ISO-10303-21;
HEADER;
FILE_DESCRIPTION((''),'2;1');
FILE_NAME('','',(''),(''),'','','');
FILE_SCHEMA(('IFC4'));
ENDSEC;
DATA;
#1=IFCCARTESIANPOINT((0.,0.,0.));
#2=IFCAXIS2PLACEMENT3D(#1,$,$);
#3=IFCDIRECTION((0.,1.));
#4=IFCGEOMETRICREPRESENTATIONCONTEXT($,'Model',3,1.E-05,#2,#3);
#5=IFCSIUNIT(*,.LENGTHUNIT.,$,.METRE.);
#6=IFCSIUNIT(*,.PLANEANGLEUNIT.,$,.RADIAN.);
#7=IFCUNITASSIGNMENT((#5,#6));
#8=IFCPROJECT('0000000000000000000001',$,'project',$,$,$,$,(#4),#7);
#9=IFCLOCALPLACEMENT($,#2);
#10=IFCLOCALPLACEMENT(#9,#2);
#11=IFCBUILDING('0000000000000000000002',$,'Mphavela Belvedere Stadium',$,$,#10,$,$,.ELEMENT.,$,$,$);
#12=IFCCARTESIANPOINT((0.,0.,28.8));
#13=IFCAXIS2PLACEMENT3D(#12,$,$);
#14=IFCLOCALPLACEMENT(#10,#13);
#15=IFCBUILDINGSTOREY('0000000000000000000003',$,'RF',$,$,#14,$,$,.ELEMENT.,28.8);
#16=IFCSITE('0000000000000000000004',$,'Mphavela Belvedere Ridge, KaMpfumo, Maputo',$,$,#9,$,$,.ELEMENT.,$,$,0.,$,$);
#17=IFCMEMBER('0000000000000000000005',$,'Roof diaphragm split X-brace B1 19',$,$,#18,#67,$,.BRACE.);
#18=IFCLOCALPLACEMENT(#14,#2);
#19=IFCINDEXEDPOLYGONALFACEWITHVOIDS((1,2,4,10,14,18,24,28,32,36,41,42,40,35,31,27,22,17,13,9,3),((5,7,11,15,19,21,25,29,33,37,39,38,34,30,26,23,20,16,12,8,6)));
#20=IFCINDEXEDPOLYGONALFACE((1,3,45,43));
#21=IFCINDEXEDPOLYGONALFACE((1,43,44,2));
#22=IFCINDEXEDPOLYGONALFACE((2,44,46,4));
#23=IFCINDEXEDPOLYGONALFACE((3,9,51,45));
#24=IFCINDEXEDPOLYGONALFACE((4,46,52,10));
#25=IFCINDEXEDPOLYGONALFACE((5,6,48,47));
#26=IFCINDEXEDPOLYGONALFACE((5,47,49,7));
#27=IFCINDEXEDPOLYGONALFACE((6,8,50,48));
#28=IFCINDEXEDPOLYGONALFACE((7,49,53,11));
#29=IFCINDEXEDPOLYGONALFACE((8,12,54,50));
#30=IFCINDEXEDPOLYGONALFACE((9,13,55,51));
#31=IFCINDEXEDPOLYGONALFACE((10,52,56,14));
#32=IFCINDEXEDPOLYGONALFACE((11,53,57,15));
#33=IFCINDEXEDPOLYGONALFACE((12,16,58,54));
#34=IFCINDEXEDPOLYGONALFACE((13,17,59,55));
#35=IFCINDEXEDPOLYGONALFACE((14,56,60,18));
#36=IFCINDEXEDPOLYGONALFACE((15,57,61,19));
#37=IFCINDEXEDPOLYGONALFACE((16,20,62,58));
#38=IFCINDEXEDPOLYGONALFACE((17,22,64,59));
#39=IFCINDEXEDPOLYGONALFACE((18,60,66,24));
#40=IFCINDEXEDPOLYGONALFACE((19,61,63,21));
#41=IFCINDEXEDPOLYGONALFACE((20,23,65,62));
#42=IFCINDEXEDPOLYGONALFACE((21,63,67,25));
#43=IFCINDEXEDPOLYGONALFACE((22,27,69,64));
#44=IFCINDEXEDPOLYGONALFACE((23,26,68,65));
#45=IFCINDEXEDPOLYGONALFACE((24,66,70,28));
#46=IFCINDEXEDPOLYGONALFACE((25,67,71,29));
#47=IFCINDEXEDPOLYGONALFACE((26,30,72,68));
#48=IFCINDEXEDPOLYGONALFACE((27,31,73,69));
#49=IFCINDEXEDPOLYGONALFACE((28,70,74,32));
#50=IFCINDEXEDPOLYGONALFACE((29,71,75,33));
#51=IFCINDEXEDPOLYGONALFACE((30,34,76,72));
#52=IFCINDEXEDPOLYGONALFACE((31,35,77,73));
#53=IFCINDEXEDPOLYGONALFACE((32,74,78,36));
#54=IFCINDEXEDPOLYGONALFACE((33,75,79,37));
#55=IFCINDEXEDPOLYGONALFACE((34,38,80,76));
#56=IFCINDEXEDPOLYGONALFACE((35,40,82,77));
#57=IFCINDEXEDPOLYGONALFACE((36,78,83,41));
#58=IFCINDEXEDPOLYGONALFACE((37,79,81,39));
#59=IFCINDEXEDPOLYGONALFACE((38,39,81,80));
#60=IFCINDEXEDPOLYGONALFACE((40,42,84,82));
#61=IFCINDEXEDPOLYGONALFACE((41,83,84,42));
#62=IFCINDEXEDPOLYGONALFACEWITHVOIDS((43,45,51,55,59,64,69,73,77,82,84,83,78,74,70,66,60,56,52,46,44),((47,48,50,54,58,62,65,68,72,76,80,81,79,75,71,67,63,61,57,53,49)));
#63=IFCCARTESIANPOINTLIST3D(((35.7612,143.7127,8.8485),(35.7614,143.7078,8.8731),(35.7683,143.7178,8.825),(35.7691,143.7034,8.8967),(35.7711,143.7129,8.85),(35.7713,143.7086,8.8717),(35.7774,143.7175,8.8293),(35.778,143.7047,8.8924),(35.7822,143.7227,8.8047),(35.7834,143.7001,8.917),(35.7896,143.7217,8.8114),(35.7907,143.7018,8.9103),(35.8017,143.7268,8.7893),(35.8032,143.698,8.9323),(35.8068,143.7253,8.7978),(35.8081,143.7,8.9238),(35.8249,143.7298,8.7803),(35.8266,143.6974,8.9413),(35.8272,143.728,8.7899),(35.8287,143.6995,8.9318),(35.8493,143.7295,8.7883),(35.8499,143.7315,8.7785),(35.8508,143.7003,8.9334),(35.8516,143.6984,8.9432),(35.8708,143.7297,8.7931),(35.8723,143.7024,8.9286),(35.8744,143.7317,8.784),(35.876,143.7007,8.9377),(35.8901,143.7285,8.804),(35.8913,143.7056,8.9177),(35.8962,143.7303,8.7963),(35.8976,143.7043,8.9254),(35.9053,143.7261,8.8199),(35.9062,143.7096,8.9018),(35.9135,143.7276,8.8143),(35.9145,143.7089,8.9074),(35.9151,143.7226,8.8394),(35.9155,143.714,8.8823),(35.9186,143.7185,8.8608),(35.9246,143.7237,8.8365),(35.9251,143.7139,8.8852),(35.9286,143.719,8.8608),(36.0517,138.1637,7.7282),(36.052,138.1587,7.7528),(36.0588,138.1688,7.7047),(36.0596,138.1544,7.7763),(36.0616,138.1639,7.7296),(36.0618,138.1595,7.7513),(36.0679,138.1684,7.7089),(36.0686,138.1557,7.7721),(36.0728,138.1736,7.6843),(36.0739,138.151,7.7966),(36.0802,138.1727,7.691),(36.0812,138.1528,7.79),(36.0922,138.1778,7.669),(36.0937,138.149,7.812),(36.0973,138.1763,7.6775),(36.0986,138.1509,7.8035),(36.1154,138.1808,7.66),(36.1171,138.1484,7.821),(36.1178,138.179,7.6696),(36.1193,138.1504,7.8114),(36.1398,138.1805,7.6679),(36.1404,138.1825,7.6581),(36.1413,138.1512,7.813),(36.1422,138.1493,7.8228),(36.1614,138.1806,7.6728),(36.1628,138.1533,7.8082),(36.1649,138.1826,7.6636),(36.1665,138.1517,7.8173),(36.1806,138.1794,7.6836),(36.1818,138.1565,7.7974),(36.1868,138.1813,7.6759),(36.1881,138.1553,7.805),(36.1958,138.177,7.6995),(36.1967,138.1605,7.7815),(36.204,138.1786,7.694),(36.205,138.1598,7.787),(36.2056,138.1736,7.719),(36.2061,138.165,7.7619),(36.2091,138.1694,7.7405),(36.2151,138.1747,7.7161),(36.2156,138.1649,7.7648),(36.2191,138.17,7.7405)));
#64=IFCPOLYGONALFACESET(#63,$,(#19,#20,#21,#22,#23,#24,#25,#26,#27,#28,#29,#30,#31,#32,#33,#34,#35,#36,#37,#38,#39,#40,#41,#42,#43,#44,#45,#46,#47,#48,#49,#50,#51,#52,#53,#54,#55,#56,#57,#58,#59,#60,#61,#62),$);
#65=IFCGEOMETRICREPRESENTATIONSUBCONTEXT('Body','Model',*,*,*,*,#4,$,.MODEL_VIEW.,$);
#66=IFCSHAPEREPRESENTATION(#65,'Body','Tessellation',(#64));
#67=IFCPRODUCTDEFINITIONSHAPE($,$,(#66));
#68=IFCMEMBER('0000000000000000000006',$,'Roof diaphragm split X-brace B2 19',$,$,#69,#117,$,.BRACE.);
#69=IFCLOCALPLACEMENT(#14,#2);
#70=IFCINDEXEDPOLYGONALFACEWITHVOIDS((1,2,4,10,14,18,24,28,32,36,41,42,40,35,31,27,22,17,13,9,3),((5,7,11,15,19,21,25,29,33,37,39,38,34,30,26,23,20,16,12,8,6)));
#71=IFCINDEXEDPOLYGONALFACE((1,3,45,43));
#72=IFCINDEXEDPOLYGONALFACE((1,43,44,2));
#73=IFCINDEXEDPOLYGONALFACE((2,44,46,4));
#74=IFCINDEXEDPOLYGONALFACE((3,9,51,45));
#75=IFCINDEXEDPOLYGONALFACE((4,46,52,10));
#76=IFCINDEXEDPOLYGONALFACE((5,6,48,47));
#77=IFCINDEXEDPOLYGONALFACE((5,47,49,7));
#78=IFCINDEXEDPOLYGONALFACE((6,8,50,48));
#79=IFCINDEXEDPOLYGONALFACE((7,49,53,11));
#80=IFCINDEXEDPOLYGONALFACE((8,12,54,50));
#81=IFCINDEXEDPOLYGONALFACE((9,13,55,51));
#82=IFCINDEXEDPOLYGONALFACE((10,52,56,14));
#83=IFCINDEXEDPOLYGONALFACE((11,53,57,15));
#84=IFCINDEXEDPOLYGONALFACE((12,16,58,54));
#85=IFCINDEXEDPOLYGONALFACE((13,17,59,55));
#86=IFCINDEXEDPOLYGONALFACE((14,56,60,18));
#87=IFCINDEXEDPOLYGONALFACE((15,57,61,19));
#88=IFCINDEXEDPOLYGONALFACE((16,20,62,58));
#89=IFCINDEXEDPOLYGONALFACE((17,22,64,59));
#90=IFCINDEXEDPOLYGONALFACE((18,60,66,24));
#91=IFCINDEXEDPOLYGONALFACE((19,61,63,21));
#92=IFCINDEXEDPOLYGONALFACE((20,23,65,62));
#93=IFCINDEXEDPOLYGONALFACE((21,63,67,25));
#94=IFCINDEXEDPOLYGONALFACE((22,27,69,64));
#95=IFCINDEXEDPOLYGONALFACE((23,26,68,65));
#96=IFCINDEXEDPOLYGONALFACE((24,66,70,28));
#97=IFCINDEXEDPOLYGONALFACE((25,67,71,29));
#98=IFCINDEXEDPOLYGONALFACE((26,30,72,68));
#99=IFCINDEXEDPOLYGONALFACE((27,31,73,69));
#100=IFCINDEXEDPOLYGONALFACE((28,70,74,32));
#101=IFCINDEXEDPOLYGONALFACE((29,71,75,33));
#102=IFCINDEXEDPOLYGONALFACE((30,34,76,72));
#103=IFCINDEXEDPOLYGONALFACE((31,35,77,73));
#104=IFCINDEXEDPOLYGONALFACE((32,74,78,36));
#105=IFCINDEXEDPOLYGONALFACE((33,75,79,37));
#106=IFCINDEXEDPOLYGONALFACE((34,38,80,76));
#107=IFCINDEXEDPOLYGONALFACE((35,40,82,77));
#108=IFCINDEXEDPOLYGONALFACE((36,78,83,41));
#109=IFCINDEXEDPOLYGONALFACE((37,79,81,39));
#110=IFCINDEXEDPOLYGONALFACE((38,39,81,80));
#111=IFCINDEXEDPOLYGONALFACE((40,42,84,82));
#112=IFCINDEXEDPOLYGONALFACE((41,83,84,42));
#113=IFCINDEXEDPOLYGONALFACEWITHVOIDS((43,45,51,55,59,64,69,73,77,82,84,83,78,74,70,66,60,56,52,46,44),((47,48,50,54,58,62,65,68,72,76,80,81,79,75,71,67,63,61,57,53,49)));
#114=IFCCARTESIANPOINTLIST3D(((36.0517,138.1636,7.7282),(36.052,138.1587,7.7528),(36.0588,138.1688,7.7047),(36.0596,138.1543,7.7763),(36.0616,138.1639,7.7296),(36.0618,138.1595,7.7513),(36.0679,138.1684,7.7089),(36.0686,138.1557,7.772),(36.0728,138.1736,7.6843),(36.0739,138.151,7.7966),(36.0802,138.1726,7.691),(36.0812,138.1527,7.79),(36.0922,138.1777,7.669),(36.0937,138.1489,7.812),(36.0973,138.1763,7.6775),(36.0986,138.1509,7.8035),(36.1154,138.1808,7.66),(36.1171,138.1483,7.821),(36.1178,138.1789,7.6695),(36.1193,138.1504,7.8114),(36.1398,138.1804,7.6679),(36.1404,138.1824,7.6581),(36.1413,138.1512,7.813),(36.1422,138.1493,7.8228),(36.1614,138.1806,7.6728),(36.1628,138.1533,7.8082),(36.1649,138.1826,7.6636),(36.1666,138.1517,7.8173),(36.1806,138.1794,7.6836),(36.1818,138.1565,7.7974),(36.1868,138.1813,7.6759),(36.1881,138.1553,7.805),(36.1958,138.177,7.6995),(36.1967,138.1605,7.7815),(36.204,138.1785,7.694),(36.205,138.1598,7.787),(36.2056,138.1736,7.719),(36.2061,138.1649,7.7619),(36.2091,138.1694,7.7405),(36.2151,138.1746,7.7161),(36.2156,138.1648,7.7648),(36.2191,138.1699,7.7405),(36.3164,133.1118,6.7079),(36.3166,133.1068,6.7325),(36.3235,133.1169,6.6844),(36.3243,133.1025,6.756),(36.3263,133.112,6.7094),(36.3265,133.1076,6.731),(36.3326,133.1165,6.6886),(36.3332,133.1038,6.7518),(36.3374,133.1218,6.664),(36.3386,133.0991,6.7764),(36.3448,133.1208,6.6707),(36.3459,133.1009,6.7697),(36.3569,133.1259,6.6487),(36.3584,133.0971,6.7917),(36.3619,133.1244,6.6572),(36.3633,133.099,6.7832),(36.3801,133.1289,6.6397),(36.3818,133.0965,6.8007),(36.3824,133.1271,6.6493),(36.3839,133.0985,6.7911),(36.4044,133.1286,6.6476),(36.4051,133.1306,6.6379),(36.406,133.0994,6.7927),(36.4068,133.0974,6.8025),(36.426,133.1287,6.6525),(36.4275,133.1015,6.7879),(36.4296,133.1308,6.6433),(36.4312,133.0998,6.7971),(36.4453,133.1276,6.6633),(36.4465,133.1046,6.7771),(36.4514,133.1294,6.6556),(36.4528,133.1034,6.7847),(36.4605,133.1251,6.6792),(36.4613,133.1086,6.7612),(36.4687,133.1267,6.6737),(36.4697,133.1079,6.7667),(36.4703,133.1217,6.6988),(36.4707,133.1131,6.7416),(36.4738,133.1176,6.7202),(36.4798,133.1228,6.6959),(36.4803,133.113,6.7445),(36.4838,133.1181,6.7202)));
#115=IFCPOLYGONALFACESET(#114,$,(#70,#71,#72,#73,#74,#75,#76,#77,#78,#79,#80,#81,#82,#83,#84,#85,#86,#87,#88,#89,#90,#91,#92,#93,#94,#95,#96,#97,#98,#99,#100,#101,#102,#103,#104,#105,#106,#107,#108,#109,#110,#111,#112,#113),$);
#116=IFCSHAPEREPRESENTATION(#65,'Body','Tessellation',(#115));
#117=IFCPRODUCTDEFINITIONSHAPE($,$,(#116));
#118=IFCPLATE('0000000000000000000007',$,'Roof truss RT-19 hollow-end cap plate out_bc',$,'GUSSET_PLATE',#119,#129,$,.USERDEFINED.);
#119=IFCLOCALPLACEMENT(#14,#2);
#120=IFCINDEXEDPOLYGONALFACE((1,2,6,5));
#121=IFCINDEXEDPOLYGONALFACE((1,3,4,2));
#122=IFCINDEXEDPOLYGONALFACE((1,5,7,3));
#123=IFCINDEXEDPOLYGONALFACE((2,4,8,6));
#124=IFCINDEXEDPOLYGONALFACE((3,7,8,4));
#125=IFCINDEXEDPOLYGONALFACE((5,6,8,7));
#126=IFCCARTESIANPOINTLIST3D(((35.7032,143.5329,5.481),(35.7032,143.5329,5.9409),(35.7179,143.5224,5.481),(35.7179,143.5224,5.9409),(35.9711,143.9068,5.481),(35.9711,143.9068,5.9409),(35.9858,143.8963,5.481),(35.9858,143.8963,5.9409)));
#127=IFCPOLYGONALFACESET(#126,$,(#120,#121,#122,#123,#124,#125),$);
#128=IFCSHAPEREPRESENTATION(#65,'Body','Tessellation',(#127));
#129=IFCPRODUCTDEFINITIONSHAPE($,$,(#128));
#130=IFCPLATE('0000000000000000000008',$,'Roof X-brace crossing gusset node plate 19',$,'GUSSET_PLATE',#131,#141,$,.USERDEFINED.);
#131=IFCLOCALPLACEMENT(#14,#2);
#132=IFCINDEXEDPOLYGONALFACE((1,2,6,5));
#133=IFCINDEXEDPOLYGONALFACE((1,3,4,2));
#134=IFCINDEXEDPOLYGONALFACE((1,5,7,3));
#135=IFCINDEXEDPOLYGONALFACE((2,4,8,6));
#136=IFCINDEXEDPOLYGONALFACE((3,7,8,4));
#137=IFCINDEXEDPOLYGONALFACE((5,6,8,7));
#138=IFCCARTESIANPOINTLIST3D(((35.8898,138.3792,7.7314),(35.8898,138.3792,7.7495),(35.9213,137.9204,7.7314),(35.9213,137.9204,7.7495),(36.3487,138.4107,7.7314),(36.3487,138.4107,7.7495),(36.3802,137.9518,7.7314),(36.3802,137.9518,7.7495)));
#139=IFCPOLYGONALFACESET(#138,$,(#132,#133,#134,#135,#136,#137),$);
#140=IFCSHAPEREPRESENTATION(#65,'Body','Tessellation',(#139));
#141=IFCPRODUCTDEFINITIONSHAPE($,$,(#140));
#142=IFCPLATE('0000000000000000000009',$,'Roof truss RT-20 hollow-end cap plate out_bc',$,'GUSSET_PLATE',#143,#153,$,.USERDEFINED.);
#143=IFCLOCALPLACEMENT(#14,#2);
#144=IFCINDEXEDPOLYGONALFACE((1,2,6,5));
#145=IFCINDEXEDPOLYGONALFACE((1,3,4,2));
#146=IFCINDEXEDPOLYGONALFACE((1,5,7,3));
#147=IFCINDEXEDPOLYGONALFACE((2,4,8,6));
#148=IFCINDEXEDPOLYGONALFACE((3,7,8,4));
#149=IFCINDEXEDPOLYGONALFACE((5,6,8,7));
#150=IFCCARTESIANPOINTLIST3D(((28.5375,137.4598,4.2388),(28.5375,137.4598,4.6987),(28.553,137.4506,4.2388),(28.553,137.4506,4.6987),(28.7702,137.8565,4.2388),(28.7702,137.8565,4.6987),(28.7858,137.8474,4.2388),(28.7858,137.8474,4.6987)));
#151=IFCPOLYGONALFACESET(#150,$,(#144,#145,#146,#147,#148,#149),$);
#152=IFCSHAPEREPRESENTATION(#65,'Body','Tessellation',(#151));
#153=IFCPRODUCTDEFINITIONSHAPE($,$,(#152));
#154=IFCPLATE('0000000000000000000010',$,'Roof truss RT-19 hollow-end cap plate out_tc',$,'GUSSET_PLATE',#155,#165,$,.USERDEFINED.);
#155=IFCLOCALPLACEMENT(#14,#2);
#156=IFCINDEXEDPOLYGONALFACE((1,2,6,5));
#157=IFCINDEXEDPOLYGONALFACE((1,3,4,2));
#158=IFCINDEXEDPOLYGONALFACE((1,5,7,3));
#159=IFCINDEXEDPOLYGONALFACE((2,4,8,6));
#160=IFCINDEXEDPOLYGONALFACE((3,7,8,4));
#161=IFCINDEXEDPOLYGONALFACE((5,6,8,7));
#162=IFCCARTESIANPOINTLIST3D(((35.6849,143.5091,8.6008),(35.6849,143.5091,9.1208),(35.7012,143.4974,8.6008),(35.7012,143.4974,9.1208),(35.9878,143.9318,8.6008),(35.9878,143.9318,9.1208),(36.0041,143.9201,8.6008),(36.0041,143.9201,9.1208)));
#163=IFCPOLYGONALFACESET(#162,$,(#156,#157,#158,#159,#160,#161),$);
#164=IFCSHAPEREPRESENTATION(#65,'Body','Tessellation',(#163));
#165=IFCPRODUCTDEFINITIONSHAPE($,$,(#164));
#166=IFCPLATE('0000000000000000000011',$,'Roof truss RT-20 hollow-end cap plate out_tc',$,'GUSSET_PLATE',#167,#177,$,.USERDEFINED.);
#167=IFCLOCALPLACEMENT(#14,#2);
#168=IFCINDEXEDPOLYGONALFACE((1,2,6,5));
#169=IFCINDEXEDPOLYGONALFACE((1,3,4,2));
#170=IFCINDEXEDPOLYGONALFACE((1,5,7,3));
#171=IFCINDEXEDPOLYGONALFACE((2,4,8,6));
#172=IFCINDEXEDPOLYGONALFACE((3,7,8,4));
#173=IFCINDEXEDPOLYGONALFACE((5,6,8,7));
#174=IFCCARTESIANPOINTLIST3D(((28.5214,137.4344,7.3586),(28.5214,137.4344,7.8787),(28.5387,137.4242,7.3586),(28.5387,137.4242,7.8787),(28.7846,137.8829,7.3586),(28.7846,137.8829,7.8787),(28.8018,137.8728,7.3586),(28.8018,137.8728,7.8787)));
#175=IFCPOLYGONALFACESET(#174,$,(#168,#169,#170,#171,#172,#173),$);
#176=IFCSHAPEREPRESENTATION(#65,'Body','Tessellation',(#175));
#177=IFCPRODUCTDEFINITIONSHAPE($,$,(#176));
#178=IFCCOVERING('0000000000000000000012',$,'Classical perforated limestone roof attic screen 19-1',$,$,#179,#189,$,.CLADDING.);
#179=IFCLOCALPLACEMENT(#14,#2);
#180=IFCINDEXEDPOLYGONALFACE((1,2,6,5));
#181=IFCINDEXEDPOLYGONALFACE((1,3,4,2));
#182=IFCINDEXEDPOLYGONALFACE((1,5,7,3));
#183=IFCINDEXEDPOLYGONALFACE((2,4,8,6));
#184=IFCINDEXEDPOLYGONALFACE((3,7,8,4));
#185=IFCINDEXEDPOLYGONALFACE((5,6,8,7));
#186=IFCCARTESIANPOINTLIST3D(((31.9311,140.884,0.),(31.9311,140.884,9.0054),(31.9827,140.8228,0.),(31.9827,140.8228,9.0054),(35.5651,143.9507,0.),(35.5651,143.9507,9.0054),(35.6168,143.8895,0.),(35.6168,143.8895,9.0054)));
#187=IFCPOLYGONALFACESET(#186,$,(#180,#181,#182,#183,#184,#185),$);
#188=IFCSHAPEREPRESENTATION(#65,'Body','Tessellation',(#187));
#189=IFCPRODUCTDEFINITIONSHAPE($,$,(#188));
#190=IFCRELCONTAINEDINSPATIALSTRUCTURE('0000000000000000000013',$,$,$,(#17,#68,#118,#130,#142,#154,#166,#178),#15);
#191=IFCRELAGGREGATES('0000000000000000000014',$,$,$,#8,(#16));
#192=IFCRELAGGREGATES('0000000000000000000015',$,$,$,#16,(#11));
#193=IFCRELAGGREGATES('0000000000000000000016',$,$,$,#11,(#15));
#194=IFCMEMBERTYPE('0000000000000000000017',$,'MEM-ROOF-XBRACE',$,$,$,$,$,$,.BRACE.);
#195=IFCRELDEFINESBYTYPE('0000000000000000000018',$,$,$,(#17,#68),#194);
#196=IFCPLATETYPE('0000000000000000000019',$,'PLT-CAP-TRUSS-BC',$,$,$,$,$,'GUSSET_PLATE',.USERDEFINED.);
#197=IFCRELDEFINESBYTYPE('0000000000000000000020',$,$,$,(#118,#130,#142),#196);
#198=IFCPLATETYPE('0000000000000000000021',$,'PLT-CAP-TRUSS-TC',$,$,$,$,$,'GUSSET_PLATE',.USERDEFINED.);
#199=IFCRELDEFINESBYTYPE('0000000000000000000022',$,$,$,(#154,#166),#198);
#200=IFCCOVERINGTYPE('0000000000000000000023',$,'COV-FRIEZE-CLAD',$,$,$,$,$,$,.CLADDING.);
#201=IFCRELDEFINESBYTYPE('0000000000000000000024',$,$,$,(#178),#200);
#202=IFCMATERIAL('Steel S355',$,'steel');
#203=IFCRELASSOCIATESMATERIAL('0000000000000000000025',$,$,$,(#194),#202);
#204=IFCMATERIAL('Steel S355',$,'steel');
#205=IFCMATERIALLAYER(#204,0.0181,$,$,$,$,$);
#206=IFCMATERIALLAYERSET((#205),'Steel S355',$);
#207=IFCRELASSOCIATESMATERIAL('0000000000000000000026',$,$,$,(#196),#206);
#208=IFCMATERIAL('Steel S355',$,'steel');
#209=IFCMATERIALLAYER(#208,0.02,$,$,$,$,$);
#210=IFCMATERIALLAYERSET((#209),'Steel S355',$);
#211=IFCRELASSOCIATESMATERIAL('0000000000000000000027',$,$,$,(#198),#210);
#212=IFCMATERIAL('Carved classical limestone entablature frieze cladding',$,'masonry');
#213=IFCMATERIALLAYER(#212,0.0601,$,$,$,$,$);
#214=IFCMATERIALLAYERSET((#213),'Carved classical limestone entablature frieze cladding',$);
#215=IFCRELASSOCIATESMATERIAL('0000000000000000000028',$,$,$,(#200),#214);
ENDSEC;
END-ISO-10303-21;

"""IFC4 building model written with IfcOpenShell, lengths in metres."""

from ifc_helpers import new_model, si_unit, direction, frame, origin, origin_2d, place, context, subcontext, project, spatial, rectangle, hollow_circle, extrude, material, layer, layer_set, material_profile, profile_set, type_object, element, save


model = new_model("IFC4")

# Units and contexts
model_context = context("Model", 3, precision=1e-05, world=origin(), true_north=direction((0.0, 1.0)))
body_context = subcontext(model_context, "Body", "Model", "MODEL_VIEW")
ifc_project = project(units=[si_unit("LENGTHUNIT", "METRE"), si_unit("PLANEANGLEUNIT", "RADIAN")], contexts=[model_context])

# Site, building, storey
site_placement = place(None, origin())
site = spatial("IfcSite", under=ifc_project, at=site_placement, Name="Mphavela Belvedere Ridge, KaMpfumo, Maputo", CompositionType="ELEMENT", RefElevation=0.0)
building_placement = place(site_placement, origin())
building = spatial("IfcBuilding", under=site, at=building_placement, Name="Mphavela Belvedere Stadium", CompositionType="ELEMENT")
storey_placement = place(building_placement, frame((0.0, 0.0, 28.8)))
storey = spatial("IfcBuildingStorey", under=building, at=storey_placement, Name="RF", CompositionType="ELEMENT", Elevation=28.8)

# Members
ifc_material_1 = material(Name="Steel S355", Category="steel")
ifc_material_profile_1 = material_profile(ifc_material_1, hollow_circle(Radius=0.0842, WallThickness=0.01, at=origin_2d()), Name="CHS 168.3x10")
ifc_profile_set_1 = profile_set([ifc_material_profile_1], Name="Steel S355")
member_type_1 = type_object("IfcMemberType", Name="MEM-ROOF-XBRACE", PredefinedType="BRACE", material=ifc_profile_set_1)
member_1_placement = place(storey_placement, frame((35.8445, 143.7146, 8.8608), z_axis=(0.051253, -0.978932, -0.197647), x_axis=(0.998632, 0.052284, 0.0)))
element("IfcMember", 1, at=member_1_placement, inside=storey, type_object=member_type_1, Name="Roof diaphragm split X-brace B1 19", PredefinedType="BRACE", context=body_context, shape_type="SweptSolid", body=[
    extrude(hollow_circle(Radius=0.0842, WallThickness=0.01, at=origin_2d()), origin(), (0.0, 0.0, 1.0), 5.6685),
])
member_2_placement = place(storey_placement, frame((36.135, 138.1655, 7.7405), z_axis=(0.051283, -0.978919, -0.197705), x_axis=(0.998631, 0.052316, 0.0)))
element("IfcMember", 2, at=member_2_placement, inside=storey, type_object=member_type_1, Name="Roof diaphragm split X-brace B2 19", PredefinedType="BRACE", context=body_context, shape_type="SweptSolid", body=[
    extrude(hollow_circle(Radius=0.0842, WallThickness=0.01, at=origin_2d()), origin(), (0.0, 0.0, 1.0), 5.1606),
])

# Plates
ifc_material_2 = material(Name="Steel S355", Category="steel")
ifc_layer_1 = layer(ifc_material_2, 0.0181)
ifc_layer_set_1 = layer_set([ifc_layer_1], Name="Steel S355")
plate_type_1 = type_object("IfcPlateType", Name="PLT-CAP-TRUSS-BC", ElementType="GUSSET_PLATE", PredefinedType="USERDEFINED", material=ifc_layer_set_1)
plate_1_placement = place(storey_placement, frame((35.8445, 143.7146, 5.481), z_axis=(0.0, 0.0, 1.0), x_axis=(-0.812898, 0.582407, 0.0)))
element("IfcPlate", 3, at=plate_1_placement, inside=storey, type_object=plate_type_1, Name="Roof truss RT-19 hollow-end cap plate out_bc", ObjectType="GUSSET_PLATE", PredefinedType="USERDEFINED", context=body_context, shape_type="SweptSolid", body=[
    extrude(rectangle(XDim=0.0181, YDim=0.46, at=origin_2d()), origin(), (0.0, 0.0, 1.0), 0.46),
])
plate_2_placement = place(storey_placement, frame((36.135, 138.1655, 7.7314), z_axis=(0.0, 0.0, 1.0), x_axis=(-0.99766, -0.068364, 0.0)))
element("IfcPlate", 4, at=plate_2_placement, inside=storey, type_object=plate_type_1, Name="Roof X-brace crossing gusset node plate 19", ObjectType="GUSSET_PLATE", PredefinedType="USERDEFINED", context=body_context, shape_type="SweptSolid", body=[
    extrude(rectangle(XDim=0.46, YDim=0.46, at=origin_2d()), origin(), (0.0, 0.0, 1.0), 0.0181),
])
plate_3_placement = place(storey_placement, frame((28.6616, 137.6536, 4.2388), z_axis=(0.0, 0.0, 1.0), x_axis=(-0.862514, 0.506034, 0.0)))
element("IfcPlate", 5, at=plate_3_placement, inside=storey, type_object=plate_type_1, Name="Roof truss RT-20 hollow-end cap plate out_bc", ObjectType="GUSSET_PLATE", PredefinedType="USERDEFINED", context=body_context, shape_type="SweptSolid", body=[
    extrude(rectangle(XDim=0.0181, YDim=0.46, at=origin_2d()), origin(), (0.0, 0.0, 1.0), 0.46),
])
ifc_material_3 = material(Name="Steel S355", Category="steel")
ifc_layer_2 = layer(ifc_material_3, 0.02)
ifc_layer_set_2 = layer_set([ifc_layer_2], Name="Steel S355")
plate_type_2 = type_object("IfcPlateType", Name="PLT-CAP-TRUSS-TC", ElementType="GUSSET_PLATE", PredefinedType="USERDEFINED", material=ifc_layer_set_2)
for number, where, z_axis, x_axis, name in (
    (6, (35.8445, 143.7146, 8.6008), (0.0, 0.0, 1.0), (-0.812898, 0.582407, 0.0), "Roof truss RT-19 hollow-end cap plate out_tc"),
    (7, (28.6616, 137.6536, 7.3586), (0.0, 0.0, 1.0), (-0.862514, 0.506034, 0.0), "Roof truss RT-20 hollow-end cap plate out_tc"),
):
    element("IfcPlate", number, at=place(storey_placement, frame(where, z_axis=z_axis, x_axis=x_axis)), inside=storey, type_object=plate_type_2, Name=name, ObjectType="GUSSET_PLATE", PredefinedType="USERDEFINED", context=body_context, shape_type="SweptSolid", body=[
        extrude(rectangle(XDim=0.02, YDim=0.52, at=origin_2d()), origin(), (0.0, 0.0, 1.0), 0.52),
    ])

# Covering
ifc_material_4 = material(Name="Carved classical limestone entablature frieze cladding", Category="masonry")
ifc_layer_3 = layer(ifc_material_4, 0.0601)
ifc_layer_set_3 = layer_set([ifc_layer_3], Name="Carved classical limestone entablature frieze cladding")
covering_type = type_object("IfcCoveringType", Name="COV-FRIEZE-CLAD", PredefinedType="CLADDING", material=ifc_layer_set_3)
covering_1_placement = place(storey_placement, frame((33.7739, 142.3867, 0.0), z_axis=(0.0, 0.0, 1.0), x_axis=(-0.764246, -0.644924, 0.0)))
element("IfcCovering", 8, at=covering_1_placement, inside=storey, type_object=covering_type, Name="Classical perforated limestone roof attic screen 19-1", PredefinedType="CLADDING", context=body_context, shape_type="SweptSolid", body=[
    extrude(rectangle(XDim=4.7551, YDim=0.0801, at=origin_2d()), origin(), (0.0, 0.0, 1.0), 9.0054),
])

save(model, "model.ifc")
